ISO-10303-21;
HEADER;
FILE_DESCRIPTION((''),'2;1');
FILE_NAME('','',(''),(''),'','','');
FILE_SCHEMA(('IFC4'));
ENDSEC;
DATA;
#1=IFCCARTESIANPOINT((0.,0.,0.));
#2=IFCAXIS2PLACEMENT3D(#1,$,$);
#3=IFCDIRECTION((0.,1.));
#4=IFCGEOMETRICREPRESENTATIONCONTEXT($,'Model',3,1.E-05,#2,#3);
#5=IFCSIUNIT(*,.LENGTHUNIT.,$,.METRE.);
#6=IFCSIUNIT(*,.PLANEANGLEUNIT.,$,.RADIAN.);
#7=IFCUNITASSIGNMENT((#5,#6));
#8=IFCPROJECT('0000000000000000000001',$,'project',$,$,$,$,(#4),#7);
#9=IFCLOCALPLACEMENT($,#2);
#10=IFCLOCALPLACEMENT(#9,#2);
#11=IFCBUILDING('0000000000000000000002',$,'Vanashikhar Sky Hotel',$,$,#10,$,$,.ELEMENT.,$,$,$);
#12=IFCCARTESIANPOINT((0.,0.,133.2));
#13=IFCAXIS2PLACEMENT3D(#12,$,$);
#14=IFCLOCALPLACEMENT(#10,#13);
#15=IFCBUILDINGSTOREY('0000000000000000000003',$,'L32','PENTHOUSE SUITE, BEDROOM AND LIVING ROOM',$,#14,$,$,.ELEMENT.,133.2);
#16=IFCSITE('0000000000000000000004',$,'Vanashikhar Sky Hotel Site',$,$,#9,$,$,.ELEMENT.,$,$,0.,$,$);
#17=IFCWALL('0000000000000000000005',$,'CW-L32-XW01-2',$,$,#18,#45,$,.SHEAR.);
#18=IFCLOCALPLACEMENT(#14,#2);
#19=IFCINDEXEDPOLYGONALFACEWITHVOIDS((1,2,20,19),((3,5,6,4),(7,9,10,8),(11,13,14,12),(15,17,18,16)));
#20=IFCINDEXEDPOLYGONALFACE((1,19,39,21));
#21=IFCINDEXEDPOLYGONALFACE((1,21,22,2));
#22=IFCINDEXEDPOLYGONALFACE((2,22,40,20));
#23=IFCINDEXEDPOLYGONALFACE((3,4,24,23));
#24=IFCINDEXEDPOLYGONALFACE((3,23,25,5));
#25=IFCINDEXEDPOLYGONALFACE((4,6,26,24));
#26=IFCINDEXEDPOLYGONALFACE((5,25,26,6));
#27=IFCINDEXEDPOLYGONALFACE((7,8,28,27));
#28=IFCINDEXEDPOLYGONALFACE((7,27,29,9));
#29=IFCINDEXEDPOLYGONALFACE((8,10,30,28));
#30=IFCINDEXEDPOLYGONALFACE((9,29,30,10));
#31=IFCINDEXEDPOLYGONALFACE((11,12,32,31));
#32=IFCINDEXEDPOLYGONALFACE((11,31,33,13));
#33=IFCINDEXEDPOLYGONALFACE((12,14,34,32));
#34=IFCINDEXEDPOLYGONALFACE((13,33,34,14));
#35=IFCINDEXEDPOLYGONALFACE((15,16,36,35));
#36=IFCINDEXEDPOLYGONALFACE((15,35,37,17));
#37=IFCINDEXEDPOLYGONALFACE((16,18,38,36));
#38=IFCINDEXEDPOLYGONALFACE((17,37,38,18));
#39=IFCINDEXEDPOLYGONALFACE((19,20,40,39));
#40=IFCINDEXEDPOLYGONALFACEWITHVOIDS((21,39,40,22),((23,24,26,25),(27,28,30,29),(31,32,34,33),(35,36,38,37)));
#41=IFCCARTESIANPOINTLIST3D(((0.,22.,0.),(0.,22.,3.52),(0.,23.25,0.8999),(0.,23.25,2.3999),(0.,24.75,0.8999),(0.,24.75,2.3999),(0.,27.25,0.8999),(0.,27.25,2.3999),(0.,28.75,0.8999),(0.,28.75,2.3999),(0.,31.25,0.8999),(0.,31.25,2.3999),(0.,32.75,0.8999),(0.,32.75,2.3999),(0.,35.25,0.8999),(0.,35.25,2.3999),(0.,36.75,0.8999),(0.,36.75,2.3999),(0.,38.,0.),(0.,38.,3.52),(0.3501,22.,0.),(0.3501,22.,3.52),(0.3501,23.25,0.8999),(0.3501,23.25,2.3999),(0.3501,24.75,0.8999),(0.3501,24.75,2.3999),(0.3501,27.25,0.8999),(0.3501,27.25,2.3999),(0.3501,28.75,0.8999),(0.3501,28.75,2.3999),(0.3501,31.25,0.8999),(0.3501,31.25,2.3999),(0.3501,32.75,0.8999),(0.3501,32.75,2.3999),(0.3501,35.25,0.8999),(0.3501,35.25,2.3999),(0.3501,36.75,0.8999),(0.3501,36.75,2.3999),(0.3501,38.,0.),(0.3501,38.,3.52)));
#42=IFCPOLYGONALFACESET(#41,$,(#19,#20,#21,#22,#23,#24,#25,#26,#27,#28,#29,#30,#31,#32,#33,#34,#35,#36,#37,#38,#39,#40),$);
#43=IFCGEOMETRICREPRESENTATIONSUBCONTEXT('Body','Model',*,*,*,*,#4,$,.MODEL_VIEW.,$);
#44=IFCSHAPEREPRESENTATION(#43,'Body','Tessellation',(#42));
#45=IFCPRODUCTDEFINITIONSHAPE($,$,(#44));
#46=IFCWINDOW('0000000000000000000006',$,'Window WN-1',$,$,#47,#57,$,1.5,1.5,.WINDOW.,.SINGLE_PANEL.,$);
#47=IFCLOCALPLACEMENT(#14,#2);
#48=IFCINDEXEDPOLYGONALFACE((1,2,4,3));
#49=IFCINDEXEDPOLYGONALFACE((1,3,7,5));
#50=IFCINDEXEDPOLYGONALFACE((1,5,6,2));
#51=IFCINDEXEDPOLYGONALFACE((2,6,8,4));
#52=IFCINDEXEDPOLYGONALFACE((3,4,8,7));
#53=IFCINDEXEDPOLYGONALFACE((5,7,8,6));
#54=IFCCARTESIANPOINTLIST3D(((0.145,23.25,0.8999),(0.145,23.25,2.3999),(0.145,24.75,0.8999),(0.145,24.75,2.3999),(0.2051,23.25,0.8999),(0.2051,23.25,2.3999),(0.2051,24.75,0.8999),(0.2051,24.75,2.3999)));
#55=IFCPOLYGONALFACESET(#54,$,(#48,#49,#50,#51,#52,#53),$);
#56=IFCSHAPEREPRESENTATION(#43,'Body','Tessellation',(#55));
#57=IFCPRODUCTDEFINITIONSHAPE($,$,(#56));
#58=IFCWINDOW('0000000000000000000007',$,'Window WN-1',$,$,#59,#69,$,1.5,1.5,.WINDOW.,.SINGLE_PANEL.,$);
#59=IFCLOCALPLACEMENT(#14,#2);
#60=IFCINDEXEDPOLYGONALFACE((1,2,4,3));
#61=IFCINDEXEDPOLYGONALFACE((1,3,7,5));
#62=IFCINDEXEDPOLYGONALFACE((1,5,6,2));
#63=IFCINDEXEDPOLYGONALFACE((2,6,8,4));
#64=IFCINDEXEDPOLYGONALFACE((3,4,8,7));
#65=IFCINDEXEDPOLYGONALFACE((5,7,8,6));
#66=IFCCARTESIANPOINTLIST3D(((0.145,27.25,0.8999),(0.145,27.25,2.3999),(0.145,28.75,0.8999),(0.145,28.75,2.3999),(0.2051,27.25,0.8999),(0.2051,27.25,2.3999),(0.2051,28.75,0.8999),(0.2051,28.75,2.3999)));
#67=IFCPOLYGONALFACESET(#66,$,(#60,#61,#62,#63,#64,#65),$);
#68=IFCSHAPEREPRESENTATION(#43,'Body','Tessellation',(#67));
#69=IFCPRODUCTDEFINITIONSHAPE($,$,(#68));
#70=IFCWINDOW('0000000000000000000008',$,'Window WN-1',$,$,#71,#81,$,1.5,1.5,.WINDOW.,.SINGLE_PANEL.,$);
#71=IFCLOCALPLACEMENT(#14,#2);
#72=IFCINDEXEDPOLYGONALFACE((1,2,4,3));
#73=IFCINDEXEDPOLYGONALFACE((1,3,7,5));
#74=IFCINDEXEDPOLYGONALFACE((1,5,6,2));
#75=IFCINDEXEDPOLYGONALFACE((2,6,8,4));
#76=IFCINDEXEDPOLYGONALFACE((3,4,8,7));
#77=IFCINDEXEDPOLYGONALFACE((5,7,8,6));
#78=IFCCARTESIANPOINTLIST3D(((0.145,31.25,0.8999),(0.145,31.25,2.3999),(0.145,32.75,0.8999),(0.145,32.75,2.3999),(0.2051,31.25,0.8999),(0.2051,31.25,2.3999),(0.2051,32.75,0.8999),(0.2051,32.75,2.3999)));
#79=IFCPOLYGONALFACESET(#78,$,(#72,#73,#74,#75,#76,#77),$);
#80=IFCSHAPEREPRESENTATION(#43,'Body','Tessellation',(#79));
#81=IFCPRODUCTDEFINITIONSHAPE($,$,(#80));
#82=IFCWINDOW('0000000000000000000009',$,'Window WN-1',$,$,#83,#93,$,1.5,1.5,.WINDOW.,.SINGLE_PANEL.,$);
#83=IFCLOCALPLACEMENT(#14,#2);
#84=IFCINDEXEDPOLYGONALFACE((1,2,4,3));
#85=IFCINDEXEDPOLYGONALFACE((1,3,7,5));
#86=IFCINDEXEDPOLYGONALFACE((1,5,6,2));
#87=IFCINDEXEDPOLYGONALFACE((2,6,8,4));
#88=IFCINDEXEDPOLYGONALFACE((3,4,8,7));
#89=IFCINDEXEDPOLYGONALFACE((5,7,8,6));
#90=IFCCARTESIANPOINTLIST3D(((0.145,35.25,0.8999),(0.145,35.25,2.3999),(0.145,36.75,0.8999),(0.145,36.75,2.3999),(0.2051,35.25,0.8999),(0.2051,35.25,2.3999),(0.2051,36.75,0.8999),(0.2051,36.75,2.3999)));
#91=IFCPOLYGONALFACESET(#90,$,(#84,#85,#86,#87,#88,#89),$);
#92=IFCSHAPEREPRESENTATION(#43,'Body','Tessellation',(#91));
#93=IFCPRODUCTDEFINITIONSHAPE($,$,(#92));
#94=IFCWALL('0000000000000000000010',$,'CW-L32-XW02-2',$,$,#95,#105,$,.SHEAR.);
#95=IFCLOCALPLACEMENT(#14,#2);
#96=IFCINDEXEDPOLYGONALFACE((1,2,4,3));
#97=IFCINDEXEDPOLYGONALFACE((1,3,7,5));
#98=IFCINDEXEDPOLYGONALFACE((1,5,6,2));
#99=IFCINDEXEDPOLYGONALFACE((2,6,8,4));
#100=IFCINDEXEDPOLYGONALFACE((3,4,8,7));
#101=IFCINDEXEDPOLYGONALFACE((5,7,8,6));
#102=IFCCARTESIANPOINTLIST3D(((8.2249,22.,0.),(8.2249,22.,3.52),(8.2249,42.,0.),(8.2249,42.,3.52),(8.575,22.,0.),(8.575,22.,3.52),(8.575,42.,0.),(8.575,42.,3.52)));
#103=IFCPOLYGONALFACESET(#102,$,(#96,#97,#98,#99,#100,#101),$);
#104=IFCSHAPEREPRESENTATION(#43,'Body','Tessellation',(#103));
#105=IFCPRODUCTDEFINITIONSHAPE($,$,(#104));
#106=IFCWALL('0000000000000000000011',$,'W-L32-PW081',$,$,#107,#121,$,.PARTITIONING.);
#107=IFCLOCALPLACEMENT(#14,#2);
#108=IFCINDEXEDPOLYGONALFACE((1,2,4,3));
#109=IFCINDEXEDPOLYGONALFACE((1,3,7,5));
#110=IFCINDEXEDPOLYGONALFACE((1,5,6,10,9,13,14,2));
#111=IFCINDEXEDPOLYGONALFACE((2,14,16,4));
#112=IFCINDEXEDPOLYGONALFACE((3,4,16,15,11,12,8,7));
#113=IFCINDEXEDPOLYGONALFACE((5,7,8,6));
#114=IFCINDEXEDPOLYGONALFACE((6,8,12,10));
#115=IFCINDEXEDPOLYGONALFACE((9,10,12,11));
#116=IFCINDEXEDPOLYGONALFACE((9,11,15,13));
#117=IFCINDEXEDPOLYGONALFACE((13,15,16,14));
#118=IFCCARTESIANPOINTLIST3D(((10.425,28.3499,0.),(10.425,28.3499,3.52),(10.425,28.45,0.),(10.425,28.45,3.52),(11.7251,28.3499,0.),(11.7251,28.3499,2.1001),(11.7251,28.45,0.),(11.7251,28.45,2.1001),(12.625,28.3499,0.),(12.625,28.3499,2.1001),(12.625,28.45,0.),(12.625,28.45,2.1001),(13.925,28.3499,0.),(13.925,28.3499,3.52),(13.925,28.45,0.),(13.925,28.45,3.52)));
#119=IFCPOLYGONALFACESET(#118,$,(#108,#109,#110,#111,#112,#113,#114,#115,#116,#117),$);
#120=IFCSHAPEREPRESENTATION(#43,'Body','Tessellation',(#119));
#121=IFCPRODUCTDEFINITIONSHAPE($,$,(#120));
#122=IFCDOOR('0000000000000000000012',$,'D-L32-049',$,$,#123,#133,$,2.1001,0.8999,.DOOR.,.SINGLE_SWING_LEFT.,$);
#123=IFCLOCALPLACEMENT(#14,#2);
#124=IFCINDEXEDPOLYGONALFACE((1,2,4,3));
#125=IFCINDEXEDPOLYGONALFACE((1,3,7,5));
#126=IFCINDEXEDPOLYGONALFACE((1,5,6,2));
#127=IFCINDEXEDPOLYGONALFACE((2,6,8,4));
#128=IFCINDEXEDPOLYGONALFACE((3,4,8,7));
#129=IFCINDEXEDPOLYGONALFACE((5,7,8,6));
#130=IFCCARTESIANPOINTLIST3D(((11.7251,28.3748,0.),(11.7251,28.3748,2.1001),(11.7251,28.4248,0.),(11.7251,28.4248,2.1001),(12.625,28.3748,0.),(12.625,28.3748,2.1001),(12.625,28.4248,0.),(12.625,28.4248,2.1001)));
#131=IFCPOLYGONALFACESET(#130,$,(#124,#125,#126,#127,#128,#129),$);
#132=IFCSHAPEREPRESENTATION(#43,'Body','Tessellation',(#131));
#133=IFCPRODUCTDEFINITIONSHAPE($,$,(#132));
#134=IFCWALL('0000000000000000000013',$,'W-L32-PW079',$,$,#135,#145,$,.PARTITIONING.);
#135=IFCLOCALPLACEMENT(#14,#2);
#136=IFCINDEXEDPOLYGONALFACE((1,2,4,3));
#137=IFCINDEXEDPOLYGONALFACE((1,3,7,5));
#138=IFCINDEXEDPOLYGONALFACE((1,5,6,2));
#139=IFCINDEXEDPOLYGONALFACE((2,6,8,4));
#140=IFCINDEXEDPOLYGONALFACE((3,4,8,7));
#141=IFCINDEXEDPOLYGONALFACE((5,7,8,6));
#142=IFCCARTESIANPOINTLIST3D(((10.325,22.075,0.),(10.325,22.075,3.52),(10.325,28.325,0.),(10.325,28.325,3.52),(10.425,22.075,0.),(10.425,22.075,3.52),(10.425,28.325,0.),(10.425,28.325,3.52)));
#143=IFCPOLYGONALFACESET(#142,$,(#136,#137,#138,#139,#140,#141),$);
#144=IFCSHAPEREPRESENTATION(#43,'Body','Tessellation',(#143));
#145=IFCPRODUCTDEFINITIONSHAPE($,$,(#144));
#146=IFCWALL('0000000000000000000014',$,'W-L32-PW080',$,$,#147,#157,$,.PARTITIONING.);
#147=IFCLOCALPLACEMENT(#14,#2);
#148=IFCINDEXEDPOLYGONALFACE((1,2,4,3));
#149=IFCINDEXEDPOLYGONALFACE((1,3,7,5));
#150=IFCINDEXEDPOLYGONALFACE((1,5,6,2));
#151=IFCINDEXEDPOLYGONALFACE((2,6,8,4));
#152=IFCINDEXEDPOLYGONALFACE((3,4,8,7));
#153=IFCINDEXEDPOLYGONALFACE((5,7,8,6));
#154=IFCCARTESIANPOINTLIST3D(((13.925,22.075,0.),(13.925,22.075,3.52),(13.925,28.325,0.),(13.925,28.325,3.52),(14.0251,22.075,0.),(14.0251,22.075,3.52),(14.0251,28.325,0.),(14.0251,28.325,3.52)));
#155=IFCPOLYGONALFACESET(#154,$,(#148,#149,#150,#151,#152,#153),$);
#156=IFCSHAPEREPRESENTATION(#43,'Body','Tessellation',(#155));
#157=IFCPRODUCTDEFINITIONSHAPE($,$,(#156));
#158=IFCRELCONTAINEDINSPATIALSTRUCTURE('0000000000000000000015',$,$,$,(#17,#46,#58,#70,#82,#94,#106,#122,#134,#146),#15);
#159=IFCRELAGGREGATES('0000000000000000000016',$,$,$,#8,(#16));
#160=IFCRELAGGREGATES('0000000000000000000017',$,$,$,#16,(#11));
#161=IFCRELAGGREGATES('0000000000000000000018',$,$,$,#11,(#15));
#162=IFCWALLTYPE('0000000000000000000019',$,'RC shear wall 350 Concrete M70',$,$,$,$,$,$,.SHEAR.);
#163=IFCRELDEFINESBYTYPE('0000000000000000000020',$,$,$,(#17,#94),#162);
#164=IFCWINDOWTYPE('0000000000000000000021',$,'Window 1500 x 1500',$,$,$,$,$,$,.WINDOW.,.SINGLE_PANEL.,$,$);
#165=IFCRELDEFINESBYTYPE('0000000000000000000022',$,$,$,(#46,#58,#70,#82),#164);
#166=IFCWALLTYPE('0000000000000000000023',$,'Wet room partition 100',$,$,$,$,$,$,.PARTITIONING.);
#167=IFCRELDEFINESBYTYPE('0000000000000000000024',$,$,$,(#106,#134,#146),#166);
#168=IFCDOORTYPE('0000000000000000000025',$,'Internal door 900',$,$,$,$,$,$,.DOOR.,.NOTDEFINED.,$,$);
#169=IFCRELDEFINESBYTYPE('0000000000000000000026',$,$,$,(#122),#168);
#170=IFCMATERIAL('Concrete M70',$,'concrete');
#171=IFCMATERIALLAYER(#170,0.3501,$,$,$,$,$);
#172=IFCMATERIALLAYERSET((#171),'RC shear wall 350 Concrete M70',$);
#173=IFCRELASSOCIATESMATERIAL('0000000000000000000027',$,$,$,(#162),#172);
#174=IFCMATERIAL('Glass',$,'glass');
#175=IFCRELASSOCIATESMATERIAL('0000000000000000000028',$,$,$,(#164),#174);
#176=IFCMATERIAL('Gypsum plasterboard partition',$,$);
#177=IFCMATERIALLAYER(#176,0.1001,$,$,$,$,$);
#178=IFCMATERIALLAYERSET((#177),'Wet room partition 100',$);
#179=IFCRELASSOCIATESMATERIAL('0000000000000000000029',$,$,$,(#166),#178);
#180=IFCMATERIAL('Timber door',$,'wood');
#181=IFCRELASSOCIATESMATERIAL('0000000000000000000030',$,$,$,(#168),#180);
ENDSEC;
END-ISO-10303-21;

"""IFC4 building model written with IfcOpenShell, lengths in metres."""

from ifc_helpers import new_model, si_unit, direction, frame, frame_2d, origin, place, context, subcontext, project, spatial, rectangle, extrude, source, transform, mapped, material, layer, layer_set, type_object, element, fill, save


model = new_model("IFC4")

# Units and contexts
model_context = context("Model", 3, precision=1e-05, world=origin(), true_north=direction((0.0, 1.0)))
body_context = subcontext(model_context, "Body", "Model", "MODEL_VIEW")
ifc_project = project(units=[si_unit("LENGTHUNIT", "METRE"), si_unit("PLANEANGLEUNIT", "RADIAN")], contexts=[model_context])

# Site, building, storey
site_placement = place(None, origin())
site = spatial("IfcSite", under=ifc_project, at=site_placement, Name="Vanashikhar Sky Hotel Site", CompositionType="ELEMENT", RefElevation=0.0)
building_placement = place(site_placement, origin())
building = spatial("IfcBuilding", under=site, at=building_placement, Name="Vanashikhar Sky Hotel", CompositionType="ELEMENT")
storey_placement = place(building_placement, frame((0.0, 0.0, 133.2)))
storey = spatial("IfcBuildingStorey", under=building, at=storey_placement, Name="L32", Description="PENTHOUSE SUITE, BEDROOM AND LIVING ROOM", CompositionType="ELEMENT", Elevation=133.2)

# Wall, openings, windows
ifc_material_1 = material(Name="Concrete M70", Category="concrete")
ifc_layer_1 = layer(ifc_material_1, 0.3501)
ifc_layer_set_1 = layer_set([ifc_layer_1], Name="RC shear wall 350 Concrete M70")
wall_type_1 = type_object("IfcWallType", Name="RC shear wall 350 Concrete M70", PredefinedType="SHEAR", material=ifc_layer_set_1)
shared_shape_1 = source(origin(), body_context, "Body", "SweptSolid", [
    extrude(rectangle(XDim=16.0, YDim=0.3501, at=frame_2d((8.0, 0.0))), origin(), (0.0, 0.0, 1.0), 3.52),
])
wall_1_placement = place(storey_placement, frame((0.175, 22.0, 0.0), z_axis=(0.0, 0.0, 1.0), x_axis=(0.0, 1.0, 0.0)))
wall_1 = element("IfcWall", 1, at=wall_1_placement, inside=storey, type_object=wall_type_1, Name="CW-L32-XW01-2", PredefinedType="SHEAR", context=body_context, shape_type="MappedRepresentation", body=[
    mapped(shared_shape_1, transform((0.0, 0.0, 0.0), scale=1.0)),
])
shared_shape_2 = source(origin(), body_context, "Body", "SweptSolid", [
    extrude(rectangle(XDim=1.5, YDim=1.5, at=frame_2d((0.75, 0.75))), frame((0.0, 0.1851, 0.0), z_axis=(0.0, -1.0, 0.0), x_axis=(1.0, 0.0, 0.0)), (0.0, 0.0, 1.0), 0.3701),
])
opening_1_placement = place(wall_1_placement, frame((1.25, 0.0, 0.8999)))
opening_1 = element("IfcOpeningElement", 2, at=opening_1_placement, cuts=wall_1, PredefinedType="OPENING", context=body_context, shape_type="MappedRepresentation", body=[
    mapped(shared_shape_2, transform((0.0, 0.0, 0.0), scale=1.0)),
])
opening_2_placement = place(wall_1_placement, frame((5.25, 0.0, 0.8999)))
opening_2 = element("IfcOpeningElement", 3, at=opening_2_placement, cuts=wall_1, PredefinedType="OPENING", context=body_context, shape_type="MappedRepresentation", body=[
    mapped(shared_shape_2, transform((0.0, 0.0, 0.0), scale=1.0)),
])
opening_3_placement = place(wall_1_placement, frame((9.25, 0.0, 0.8999)))
opening_3 = element("IfcOpeningElement", 4, at=opening_3_placement, cuts=wall_1, PredefinedType="OPENING", context=body_context, shape_type="MappedRepresentation", body=[
    mapped(shared_shape_2, transform((0.0, 0.0, 0.0), scale=1.0)),
])
opening_4_placement = place(wall_1_placement, frame((13.25, 0.0, 0.8999)))
opening_4 = element("IfcOpeningElement", 5, at=opening_4_placement, cuts=wall_1, PredefinedType="OPENING", context=body_context, shape_type="MappedRepresentation", body=[
    mapped(shared_shape_2, transform((0.0, 0.0, 0.0), scale=1.0)),
])
ifc_material_2 = material(Name="Glass", Category="glass")
window_type = type_object("IfcWindowType", Name="Window 1500 x 1500", PartitioningType="SINGLE_PANEL", PredefinedType="WINDOW", material=ifc_material_2)
shared_shape_3 = source(origin(), body_context, "Body", "SweptSolid", [
    extrude(rectangle(XDim=1.5, YDim=1.5, at=frame_2d((0.75, 0.75))), frame((0.0, 0.03, 0.0), z_axis=(0.0, -1.0, 0.0), x_axis=(1.0, 0.0, 0.0)), (0.0, 0.0, 1.0), 0.0601),
])
window_1_placement = place(opening_1_placement, origin())
window_1 = element("IfcWindow", 6, at=window_1_placement, inside=storey, type_object=window_type, Name="Window WN-1", OverallHeight=1.5, OverallWidth=1.5, PartitioningType="SINGLE_PANEL", PredefinedType="WINDOW", context=body_context, shape_type="MappedRepresentation", body=[
    mapped(shared_shape_3, transform((0.0, 0.0, 0.0), scale=1.0)),
])
fill(opening_1, window_1)
window_2_placement = place(opening_2_placement, origin())
window_2 = element("IfcWindow", 7, at=window_2_placement, inside=storey, type_object=window_type, Name="Window WN-1", OverallHeight=1.5, OverallWidth=1.5, PartitioningType="SINGLE_PANEL", PredefinedType="WINDOW", context=body_context, shape_type="MappedRepresentation", body=[
    mapped(shared_shape_3, transform((0.0, 0.0, 0.0), scale=1.0)),
])
fill(opening_2, window_2)
window_3_placement = place(opening_3_placement, origin())
window_3 = element("IfcWindow", 8, at=window_3_placement, inside=storey, type_object=window_type, Name="Window WN-1", OverallHeight=1.5, OverallWidth=1.5, PartitioningType="SINGLE_PANEL", PredefinedType="WINDOW", context=body_context, shape_type="MappedRepresentation", body=[
    mapped(shared_shape_3, transform((0.0, 0.0, 0.0), scale=1.0)),
])
fill(opening_3, window_3)
window_4_placement = place(opening_4_placement, origin())
window_4 = element("IfcWindow", 9, at=window_4_placement, inside=storey, type_object=window_type, Name="Window WN-1", OverallHeight=1.5, OverallWidth=1.5, PartitioningType="SINGLE_PANEL", PredefinedType="WINDOW", context=body_context, shape_type="MappedRepresentation", body=[
    mapped(shared_shape_3, transform((0.0, 0.0, 0.0), scale=1.0)),
])
fill(opening_4, window_4)

# Wall
shared_shape_4 = source(origin(), body_context, "Body", "SweptSolid", [
    extrude(rectangle(XDim=20.0, YDim=0.3501, at=frame_2d((10.0, 0.0))), origin(), (0.0, 0.0, 1.0), 3.52),
])
wall_2_placement = place(storey_placement, frame((8.3999, 22.0, 0.0), z_axis=(0.0, 0.0, 1.0), x_axis=(0.0, 1.0, 0.0)))
element("IfcWall", 10, at=wall_2_placement, inside=storey, type_object=wall_type_1, Name="CW-L32-XW02-2", PredefinedType="SHEAR", context=body_context, shape_type="MappedRepresentation", body=[
    mapped(shared_shape_4, transform((0.0, 0.0, 0.0), scale=1.0)),
])

# Wall, opening, door
ifc_material_3 = material(Name="Gypsum plasterboard partition")
ifc_layer_2 = layer(ifc_material_3, 0.1001)
ifc_layer_set_2 = layer_set([ifc_layer_2], Name="Wet room partition 100")
wall_type_2 = type_object("IfcWallType", Name="Wet room partition 100", PredefinedType="PARTITIONING", material=ifc_layer_set_2)
shared_shape_5 = source(origin(), body_context, "Body", "SweptSolid", [
    extrude(rectangle(XDim=3.5, YDim=0.1001, at=frame_2d((1.75, 0.0))), origin(), (0.0, 0.0, 1.0), 3.52),
])
wall_3_placement = place(storey_placement, frame((10.425, 28.3999, 0.0), z_axis=(0.0, 0.0, 1.0), x_axis=(1.0, 0.0, 0.0)))
wall_3 = element("IfcWall", 11, at=wall_3_placement, inside=storey, type_object=wall_type_2, Name="W-L32-PW081", PredefinedType="PARTITIONING", context=body_context, shape_type="MappedRepresentation", body=[
    mapped(shared_shape_5, transform((0.0, 0.0, 0.0), scale=1.0)),
])
shared_shape_6 = source(origin(), body_context, "Body", "SweptSolid", [
    extrude(rectangle(XDim=0.8999, YDim=2.1001, at=frame_2d((0.45, 1.05))), frame((0.0, 0.0601, 0.0), z_axis=(0.0, -1.0, 0.0), x_axis=(1.0, 0.0, 0.0)), (0.0, 0.0, 1.0), 0.1201),
])
opening_5_placement = place(wall_3_placement, frame((1.3, 0.0, 0.0)))
opening_5 = element("IfcOpeningElement", 12, at=opening_5_placement, cuts=wall_3, PredefinedType="OPENING", context=body_context, shape_type="MappedRepresentation", body=[
    mapped(shared_shape_6, transform((0.0, 0.0, 0.0), scale=1.0)),
])
ifc_material_4 = material(Name="Timber door", Category="wood")
door_type_1 = type_object("IfcDoorType", Name="Internal door 900", OperationType="NOTDEFINED", PredefinedType="DOOR", material=ifc_material_4)
shared_shape_7 = source(origin(), body_context, "Body", "SweptSolid", [
    extrude(rectangle(XDim=0.8999, YDim=2.1001, at=frame_2d((0.45, 1.05))), frame((0.0, 0.0249, 0.0), z_axis=(0.0, -1.0, 0.0), x_axis=(1.0, 0.0, 0.0)), (0.0, 0.0, 1.0), 0.05),
])
door_1_placement = place(opening_5_placement, origin())
door_1 = element("IfcDoor", 13, at=door_1_placement, inside=storey, type_object=door_type_1, Name="D-L32-049", OperationType="SINGLE_SWING_LEFT", OverallHeight=2.1001, OverallWidth=0.8999, PredefinedType="DOOR", context=body_context, shape_type="MappedRepresentation", body=[
    mapped(shared_shape_7, transform((0.0, 0.0, 0.0), scale=1.0)),
])
fill(opening_5, door_1)

# Walls
shared_shape_8 = source(origin(), body_context, "Body", "SweptSolid", [
    extrude(rectangle(XDim=6.25, YDim=0.1001, at=frame_2d((3.125, 0.0))), origin(), (0.0, 0.0, 1.0), 3.52),
])
for number, where, z_axis, x_axis, name in (
    (14, (10.375, 22.075, 0.0), (0.0, 0.0, 1.0), (0.0, 1.0, 0.0), "W-L32-PW079"),
    (15, (13.9751, 22.075, 0.0), (0.0, 0.0, 1.0), (0.0, 1.0, 0.0), "W-L32-PW080"),
):
    element("IfcWall", number, at=place(storey_placement, frame(where, z_axis=z_axis, x_axis=x_axis)), inside=storey, type_object=wall_type_2, Name=name, PredefinedType="PARTITIONING", context=body_context, shape_type="MappedRepresentation", body=[
        mapped(shared_shape_8, transform((0.0, 0.0, 0.0), scale=1.0)),
    ])

save(model, "model.ifc")
